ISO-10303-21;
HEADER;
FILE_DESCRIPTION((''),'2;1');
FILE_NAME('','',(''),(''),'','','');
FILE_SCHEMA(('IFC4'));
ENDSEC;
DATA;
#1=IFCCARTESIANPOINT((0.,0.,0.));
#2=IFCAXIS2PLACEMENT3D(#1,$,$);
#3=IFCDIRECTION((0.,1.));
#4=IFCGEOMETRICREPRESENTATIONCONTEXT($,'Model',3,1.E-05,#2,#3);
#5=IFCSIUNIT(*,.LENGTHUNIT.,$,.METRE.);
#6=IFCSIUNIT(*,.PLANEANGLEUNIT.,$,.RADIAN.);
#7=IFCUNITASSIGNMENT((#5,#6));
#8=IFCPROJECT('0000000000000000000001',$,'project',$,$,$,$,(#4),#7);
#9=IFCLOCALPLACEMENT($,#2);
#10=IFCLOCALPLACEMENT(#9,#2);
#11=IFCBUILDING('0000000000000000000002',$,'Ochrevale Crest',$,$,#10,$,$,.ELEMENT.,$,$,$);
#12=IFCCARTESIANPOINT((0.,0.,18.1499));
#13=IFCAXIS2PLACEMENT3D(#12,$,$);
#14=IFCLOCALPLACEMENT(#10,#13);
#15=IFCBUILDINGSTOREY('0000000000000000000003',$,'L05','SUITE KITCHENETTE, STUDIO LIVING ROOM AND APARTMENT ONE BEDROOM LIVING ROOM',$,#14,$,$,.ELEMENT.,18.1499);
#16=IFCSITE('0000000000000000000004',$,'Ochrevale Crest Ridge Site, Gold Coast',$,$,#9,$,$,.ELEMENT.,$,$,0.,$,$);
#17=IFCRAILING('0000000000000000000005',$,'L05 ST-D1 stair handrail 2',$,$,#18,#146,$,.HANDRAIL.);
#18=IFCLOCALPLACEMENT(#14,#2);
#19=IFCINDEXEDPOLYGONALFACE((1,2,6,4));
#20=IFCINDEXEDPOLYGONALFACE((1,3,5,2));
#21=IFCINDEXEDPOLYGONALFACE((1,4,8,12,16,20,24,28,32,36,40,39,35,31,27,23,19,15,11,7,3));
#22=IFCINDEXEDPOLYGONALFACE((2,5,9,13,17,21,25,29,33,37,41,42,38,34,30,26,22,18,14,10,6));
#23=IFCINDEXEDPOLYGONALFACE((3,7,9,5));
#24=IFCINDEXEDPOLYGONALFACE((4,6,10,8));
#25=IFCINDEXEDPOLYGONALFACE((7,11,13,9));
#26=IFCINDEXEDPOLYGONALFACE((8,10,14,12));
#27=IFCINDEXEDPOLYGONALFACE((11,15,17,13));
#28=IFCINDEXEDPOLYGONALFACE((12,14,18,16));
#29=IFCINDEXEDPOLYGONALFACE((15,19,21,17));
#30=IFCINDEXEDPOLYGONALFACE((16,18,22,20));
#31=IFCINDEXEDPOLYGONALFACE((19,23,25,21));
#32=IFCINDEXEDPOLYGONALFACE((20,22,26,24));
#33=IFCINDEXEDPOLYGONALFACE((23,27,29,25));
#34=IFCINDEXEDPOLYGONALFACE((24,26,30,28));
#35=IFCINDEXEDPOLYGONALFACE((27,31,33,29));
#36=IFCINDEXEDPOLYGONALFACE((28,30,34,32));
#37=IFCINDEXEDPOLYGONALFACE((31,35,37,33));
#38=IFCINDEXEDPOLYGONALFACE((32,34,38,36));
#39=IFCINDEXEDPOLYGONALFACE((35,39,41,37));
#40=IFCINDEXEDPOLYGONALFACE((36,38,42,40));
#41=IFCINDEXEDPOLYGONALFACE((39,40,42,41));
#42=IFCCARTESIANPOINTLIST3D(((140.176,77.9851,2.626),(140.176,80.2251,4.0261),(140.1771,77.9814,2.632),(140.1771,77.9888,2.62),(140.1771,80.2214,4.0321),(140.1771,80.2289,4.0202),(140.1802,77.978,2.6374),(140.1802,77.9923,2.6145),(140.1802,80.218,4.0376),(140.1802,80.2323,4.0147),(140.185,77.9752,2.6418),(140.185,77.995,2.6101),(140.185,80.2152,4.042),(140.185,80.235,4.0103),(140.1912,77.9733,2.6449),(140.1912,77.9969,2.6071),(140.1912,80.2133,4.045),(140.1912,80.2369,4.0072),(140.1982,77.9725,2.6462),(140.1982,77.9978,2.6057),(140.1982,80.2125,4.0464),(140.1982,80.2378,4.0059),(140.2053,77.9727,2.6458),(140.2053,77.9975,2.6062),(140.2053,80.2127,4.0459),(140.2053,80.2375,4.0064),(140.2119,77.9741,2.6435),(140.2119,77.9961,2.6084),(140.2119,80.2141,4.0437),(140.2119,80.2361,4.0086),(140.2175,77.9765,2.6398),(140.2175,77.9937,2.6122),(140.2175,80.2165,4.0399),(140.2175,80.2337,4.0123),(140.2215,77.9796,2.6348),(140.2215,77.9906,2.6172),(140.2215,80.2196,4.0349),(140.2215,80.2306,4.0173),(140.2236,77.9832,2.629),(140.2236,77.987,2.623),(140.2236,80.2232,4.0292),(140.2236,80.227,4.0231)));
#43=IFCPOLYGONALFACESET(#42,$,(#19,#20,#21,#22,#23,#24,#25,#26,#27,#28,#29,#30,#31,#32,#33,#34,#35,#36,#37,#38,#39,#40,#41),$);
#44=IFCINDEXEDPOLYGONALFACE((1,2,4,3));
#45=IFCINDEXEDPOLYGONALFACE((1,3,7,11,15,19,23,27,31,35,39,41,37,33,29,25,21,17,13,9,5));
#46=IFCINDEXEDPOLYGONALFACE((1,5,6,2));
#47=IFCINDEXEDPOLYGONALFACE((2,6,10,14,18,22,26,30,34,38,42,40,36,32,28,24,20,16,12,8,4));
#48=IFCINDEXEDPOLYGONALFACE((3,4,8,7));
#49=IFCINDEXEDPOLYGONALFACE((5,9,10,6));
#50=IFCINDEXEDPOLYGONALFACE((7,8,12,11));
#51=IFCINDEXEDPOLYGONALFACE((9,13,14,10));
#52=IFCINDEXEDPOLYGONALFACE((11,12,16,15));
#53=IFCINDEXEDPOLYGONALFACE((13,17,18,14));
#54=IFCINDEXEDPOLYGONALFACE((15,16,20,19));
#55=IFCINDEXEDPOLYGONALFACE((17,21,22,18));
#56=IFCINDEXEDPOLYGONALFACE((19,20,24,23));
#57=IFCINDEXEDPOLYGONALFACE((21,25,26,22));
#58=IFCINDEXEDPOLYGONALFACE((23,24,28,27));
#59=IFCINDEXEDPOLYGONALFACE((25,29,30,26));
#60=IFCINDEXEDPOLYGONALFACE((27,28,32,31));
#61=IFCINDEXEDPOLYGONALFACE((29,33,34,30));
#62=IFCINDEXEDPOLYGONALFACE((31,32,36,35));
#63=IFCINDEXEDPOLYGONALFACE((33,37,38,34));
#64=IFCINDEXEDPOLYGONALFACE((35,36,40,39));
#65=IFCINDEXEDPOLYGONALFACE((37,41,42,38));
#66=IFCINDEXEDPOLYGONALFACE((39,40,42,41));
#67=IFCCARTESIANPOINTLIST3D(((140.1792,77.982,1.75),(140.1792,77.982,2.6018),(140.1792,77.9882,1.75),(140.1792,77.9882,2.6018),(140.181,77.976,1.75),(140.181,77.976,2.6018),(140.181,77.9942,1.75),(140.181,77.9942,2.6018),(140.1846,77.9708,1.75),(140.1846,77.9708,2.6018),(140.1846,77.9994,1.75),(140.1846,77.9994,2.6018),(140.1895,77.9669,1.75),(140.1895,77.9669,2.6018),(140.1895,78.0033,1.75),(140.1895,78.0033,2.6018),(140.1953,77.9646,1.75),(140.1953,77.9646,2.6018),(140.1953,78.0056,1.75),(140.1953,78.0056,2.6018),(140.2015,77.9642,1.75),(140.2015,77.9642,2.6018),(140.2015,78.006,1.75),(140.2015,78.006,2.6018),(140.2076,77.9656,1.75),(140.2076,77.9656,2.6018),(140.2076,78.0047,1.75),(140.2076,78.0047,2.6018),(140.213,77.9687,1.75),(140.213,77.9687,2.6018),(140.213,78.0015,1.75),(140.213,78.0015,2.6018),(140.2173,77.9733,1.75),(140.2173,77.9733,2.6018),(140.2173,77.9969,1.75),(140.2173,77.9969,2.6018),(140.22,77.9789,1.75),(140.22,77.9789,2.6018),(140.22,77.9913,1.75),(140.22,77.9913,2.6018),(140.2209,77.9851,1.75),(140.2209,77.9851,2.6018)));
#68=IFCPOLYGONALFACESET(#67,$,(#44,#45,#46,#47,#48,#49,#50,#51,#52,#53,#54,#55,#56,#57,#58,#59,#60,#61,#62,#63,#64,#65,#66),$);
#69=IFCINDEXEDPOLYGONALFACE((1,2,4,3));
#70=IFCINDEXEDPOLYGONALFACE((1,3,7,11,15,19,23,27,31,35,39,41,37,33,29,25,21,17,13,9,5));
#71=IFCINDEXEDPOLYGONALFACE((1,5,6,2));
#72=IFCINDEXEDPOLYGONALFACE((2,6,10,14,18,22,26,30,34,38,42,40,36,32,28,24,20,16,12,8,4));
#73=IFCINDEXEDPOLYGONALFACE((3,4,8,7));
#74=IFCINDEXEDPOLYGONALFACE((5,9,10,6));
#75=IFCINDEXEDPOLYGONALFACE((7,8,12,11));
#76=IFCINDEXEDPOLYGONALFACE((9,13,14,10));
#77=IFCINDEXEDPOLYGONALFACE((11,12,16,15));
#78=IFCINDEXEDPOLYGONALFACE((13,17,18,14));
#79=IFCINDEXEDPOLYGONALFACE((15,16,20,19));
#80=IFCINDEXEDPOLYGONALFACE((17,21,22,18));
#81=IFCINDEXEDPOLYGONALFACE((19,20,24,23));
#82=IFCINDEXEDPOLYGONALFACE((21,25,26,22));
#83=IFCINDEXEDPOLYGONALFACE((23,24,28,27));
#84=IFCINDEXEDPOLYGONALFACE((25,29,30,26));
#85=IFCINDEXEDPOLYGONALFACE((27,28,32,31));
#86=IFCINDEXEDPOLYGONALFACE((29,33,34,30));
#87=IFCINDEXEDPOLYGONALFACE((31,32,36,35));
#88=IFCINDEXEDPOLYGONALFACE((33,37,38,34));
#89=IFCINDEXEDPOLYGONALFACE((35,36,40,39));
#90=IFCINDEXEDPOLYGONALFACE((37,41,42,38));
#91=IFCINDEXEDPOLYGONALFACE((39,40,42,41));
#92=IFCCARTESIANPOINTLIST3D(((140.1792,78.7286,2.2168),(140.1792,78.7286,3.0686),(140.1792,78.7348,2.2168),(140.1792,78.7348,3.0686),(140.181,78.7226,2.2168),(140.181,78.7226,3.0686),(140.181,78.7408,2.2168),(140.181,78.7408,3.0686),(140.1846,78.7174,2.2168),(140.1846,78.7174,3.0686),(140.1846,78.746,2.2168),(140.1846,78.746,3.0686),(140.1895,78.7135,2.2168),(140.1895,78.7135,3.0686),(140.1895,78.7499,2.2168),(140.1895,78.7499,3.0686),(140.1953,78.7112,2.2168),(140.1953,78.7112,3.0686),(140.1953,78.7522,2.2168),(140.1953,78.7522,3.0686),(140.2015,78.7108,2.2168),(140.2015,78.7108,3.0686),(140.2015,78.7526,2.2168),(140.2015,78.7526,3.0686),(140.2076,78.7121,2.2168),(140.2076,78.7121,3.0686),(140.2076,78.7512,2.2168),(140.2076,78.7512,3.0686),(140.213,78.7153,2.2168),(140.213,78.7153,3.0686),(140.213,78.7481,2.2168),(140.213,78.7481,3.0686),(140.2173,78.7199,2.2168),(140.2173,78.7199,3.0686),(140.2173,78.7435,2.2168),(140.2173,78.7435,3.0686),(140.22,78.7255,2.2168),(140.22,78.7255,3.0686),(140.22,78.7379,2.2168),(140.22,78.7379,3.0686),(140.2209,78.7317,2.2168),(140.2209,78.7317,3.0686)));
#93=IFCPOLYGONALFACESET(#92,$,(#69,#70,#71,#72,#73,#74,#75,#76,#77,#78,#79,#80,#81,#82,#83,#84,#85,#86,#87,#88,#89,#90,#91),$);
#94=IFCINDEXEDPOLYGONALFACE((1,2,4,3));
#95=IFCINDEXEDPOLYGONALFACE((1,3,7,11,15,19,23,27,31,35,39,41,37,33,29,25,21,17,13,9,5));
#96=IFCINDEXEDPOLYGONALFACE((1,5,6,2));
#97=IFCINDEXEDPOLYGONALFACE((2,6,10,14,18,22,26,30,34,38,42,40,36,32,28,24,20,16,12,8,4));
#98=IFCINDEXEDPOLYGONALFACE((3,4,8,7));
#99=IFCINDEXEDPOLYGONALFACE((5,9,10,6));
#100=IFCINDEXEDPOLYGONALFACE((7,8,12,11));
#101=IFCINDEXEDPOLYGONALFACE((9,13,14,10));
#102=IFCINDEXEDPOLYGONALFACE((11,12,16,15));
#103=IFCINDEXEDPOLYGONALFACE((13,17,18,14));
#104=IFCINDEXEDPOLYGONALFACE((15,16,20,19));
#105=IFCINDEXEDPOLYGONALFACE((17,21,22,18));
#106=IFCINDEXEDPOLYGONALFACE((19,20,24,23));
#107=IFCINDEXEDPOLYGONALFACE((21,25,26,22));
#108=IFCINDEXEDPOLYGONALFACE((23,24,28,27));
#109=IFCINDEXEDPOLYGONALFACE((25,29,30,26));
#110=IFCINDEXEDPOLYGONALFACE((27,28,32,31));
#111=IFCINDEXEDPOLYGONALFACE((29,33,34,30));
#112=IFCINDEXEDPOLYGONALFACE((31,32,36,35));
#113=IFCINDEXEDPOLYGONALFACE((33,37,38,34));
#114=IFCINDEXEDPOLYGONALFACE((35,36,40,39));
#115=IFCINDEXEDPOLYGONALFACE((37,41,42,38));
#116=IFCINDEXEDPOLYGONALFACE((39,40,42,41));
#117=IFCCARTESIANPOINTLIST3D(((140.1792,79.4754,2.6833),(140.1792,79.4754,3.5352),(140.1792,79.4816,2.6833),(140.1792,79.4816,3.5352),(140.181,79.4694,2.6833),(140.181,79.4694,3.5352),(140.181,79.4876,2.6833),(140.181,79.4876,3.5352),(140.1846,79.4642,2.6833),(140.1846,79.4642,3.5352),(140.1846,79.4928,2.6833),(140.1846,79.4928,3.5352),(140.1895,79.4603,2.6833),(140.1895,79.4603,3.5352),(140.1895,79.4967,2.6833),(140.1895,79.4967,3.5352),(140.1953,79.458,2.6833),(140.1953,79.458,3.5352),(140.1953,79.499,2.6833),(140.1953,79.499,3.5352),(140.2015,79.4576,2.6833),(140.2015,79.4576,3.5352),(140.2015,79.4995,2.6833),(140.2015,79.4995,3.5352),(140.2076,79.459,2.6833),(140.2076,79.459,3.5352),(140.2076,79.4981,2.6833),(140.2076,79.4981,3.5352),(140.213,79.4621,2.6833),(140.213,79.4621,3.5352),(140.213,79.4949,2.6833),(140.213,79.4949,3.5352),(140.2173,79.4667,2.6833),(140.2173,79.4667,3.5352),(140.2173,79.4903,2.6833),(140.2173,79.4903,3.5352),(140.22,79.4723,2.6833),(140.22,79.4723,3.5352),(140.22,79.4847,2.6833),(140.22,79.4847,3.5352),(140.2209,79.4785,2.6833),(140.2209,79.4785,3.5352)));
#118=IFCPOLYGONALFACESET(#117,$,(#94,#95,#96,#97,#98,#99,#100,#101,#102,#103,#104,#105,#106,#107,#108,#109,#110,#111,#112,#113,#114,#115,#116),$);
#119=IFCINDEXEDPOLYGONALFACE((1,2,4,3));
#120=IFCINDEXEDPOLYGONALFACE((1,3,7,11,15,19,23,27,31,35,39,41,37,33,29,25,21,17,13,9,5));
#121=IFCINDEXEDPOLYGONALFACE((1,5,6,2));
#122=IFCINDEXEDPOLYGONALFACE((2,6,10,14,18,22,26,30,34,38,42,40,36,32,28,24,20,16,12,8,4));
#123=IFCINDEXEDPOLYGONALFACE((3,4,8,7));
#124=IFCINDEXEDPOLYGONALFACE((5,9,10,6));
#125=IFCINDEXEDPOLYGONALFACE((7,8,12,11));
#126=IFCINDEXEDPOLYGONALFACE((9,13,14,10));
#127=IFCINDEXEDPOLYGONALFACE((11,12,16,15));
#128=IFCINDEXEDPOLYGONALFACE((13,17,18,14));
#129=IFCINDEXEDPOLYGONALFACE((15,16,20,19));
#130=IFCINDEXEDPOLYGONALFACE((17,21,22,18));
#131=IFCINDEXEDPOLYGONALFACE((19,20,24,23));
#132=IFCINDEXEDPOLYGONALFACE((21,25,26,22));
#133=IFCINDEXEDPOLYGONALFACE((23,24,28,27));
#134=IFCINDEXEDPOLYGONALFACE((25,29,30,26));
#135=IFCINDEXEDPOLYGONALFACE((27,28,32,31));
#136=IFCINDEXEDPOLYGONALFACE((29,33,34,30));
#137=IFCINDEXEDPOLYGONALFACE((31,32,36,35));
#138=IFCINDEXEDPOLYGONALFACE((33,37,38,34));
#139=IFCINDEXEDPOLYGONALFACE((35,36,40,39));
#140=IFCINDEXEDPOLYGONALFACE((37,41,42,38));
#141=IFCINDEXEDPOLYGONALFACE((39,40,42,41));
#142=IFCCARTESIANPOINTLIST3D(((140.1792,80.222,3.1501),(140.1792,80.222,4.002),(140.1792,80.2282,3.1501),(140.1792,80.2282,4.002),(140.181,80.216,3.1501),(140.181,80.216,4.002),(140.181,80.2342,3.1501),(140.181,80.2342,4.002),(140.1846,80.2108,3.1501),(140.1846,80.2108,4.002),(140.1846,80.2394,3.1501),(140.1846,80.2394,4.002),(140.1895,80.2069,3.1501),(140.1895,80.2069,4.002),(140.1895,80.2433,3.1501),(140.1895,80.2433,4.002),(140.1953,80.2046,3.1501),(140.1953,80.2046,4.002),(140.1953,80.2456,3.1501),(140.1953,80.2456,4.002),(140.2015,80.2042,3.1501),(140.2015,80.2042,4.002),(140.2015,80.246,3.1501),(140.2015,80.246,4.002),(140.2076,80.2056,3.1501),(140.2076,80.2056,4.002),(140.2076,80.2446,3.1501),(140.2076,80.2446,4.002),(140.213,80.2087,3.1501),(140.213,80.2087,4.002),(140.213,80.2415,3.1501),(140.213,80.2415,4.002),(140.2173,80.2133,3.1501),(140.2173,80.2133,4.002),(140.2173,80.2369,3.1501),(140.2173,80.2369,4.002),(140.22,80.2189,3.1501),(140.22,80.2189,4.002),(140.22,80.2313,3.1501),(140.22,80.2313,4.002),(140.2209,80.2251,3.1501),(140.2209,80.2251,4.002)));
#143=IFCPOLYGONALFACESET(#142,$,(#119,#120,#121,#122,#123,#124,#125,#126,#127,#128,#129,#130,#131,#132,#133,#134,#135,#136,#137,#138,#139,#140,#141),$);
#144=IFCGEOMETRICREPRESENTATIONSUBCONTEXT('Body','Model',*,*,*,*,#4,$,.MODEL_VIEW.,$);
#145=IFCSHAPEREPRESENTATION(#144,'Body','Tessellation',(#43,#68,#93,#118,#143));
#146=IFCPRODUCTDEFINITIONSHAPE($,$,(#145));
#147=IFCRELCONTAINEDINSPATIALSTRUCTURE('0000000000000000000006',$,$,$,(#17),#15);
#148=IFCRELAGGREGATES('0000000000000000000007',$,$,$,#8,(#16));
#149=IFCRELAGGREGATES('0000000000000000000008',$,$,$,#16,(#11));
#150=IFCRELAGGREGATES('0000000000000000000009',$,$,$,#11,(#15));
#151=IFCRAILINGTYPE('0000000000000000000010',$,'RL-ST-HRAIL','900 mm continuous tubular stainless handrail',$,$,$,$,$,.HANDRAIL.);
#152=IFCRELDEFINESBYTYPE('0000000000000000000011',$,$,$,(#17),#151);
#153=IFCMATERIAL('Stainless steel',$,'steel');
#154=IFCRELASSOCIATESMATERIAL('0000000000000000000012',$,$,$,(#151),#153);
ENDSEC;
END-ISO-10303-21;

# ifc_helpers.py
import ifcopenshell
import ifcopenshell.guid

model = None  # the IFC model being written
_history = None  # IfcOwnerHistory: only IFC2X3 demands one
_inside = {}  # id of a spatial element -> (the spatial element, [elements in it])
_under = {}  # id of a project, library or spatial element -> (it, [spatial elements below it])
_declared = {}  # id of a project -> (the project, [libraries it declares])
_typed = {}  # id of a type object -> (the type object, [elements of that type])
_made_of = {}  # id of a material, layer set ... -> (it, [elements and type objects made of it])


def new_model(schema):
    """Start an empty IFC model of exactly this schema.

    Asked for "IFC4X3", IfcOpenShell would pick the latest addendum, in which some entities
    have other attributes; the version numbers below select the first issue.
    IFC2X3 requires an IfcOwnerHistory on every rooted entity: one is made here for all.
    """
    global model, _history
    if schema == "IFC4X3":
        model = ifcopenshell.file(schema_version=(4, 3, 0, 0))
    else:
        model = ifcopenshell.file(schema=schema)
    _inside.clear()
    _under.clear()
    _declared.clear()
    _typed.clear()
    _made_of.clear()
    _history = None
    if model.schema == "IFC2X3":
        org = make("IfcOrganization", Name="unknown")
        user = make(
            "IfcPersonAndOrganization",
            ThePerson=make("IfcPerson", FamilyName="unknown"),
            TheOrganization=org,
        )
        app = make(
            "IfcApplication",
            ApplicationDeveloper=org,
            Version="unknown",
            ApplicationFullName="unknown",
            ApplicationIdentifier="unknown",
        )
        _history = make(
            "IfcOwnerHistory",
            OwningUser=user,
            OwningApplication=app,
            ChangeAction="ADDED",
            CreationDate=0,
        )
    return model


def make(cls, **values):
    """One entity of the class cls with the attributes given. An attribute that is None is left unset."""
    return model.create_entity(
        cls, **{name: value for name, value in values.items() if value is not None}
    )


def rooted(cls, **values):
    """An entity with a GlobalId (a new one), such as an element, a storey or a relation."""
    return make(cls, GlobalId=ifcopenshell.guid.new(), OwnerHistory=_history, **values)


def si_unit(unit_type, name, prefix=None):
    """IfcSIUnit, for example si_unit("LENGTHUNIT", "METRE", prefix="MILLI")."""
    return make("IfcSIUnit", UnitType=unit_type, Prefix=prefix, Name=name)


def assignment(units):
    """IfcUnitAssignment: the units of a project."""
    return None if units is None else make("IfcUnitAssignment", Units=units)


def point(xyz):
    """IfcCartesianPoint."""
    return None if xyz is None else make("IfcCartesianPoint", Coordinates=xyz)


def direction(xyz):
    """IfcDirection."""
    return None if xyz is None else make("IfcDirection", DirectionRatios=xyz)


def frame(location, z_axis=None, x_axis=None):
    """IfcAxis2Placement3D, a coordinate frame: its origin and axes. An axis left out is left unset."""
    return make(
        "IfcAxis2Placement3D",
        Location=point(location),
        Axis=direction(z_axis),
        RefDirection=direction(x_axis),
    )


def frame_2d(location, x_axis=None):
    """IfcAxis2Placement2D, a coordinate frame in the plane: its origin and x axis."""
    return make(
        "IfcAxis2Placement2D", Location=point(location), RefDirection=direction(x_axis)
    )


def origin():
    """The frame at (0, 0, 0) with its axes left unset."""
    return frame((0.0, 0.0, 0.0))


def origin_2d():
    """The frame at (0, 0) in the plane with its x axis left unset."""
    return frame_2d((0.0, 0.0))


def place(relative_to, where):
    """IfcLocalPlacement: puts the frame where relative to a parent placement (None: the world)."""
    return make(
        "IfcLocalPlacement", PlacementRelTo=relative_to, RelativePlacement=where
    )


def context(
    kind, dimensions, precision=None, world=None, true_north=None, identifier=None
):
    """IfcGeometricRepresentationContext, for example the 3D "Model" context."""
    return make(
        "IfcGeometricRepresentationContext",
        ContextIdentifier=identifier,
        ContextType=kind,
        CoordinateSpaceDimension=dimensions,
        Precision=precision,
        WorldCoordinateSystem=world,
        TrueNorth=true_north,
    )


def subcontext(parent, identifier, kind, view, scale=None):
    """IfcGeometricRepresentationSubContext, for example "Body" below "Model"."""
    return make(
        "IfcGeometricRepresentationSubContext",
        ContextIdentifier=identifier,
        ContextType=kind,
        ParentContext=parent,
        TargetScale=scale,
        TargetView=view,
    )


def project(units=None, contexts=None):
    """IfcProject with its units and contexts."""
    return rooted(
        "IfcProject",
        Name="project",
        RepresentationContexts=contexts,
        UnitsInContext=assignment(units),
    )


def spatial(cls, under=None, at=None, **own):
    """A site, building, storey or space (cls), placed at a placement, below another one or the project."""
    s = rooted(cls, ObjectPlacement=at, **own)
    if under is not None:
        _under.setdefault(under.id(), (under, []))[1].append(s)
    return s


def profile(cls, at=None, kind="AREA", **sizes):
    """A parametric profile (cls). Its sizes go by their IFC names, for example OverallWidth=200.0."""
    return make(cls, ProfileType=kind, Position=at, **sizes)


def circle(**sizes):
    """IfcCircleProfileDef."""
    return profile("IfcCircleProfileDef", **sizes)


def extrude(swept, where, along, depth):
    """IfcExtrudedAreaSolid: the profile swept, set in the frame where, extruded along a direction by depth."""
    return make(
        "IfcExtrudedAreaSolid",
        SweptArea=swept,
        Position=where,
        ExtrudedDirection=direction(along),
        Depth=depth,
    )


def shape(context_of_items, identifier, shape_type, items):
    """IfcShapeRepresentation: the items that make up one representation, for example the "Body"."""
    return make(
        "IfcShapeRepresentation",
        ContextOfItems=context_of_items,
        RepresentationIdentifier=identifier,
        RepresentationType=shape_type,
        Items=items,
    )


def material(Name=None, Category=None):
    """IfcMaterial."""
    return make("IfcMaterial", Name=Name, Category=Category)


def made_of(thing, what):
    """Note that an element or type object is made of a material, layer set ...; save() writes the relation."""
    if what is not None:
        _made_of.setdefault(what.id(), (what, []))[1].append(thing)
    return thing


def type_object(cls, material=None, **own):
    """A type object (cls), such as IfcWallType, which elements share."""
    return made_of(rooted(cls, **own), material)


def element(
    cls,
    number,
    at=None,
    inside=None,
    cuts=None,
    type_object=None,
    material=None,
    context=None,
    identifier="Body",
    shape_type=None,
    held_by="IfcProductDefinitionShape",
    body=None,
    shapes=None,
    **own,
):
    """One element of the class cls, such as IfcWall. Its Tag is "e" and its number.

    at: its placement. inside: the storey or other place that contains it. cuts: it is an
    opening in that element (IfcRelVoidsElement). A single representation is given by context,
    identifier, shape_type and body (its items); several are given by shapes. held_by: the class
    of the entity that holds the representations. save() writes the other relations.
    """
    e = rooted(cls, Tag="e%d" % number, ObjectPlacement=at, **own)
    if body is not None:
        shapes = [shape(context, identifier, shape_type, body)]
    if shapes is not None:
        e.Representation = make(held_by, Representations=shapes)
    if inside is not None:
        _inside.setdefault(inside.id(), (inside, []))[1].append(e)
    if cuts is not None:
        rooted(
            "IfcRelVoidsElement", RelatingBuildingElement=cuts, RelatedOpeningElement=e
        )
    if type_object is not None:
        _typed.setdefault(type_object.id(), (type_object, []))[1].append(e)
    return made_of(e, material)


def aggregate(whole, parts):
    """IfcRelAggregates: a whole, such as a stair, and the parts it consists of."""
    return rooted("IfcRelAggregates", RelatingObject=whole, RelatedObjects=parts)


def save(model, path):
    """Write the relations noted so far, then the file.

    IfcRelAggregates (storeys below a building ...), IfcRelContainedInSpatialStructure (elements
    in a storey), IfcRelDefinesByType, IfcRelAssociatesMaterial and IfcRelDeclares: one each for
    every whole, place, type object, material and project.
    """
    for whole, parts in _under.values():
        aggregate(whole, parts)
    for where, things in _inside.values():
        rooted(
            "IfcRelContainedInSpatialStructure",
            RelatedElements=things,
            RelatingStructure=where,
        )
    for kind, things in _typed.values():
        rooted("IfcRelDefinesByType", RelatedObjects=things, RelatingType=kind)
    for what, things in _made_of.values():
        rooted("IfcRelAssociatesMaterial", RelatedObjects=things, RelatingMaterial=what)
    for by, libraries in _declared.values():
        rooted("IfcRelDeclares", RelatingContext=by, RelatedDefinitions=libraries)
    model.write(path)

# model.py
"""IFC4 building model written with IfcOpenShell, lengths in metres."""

from ifc_helpers import new_model, si_unit, direction, frame, origin, origin_2d, place, context, subcontext, project, spatial, circle, extrude, material, type_object, element, save


model = new_model("IFC4")

# Units and contexts
model_context = context("Model", 3, precision=1e-05, world=origin(), true_north=direction((0.0, 1.0)))
body_context = subcontext(model_context, "Body", "Model", "MODEL_VIEW")
ifc_project = project(units=[si_unit("LENGTHUNIT", "METRE"), si_unit("PLANEANGLEUNIT", "RADIAN")], contexts=[model_context])

# Site, building, storey
site_placement = place(None, origin())
site = spatial("IfcSite", under=ifc_project, at=site_placement, Name="Ochrevale Crest Ridge Site, Gold Coast", CompositionType="ELEMENT", RefElevation=0.0)
building_placement = place(site_placement, origin())
building = spatial("IfcBuilding", under=site, at=building_placement, Name="Ochrevale Crest", CompositionType="ELEMENT")
storey_placement = place(building_placement, frame((0.0, 0.0, 18.1499)))
storey = spatial("IfcBuildingStorey", under=building, at=storey_placement, Name="L05", Description="SUITE KITCHENETTE, STUDIO LIVING ROOM AND APARTMENT ONE BEDROOM LIVING ROOM", CompositionType="ELEMENT", Elevation=18.1499)

# Railing
ifc_material_1 = material(Name="Stainless steel", Category="steel")
railing_type_1 = type_object("IfcRailingType", Name="RL-ST-HRAIL", Description="900 mm continuous tubular stainless handrail", PredefinedType="HANDRAIL", material=ifc_material_1)
railing_1_placement = place(storey_placement, frame((140.2, 77.9851, 1.75)))
element("IfcRailing", 1, at=railing_1_placement, inside=storey, type_object=railing_type_1, Name="L05 ST-D1 stair handrail 2", PredefinedType="HANDRAIL", context=body_context, shape_type="SweptSolid", body=[
    extrude(circle(Radius=0.0239, at=origin_2d()), frame((0.0, 0.0, 0.876), z_axis=(0.0, 0.847972, 0.53004), x_axis=(-1.0, 0.0, 0.0)), (0.0, 0.0, 1.0), 2.6416),
    extrude(circle(Radius=0.021, at=origin_2d()), origin(), (0.0, 0.0, 1.0), 0.8518),
    extrude(circle(Radius=0.021, at=origin_2d()), frame((0.0, 0.7466, 0.4668)), (0.0, 0.0, 1.0), 0.8518),
    extrude(circle(Radius=0.021, at=origin_2d()), frame((0.0, 1.4934, 0.9333)), (0.0, 0.0, 1.0), 0.8518),
    extrude(circle(Radius=0.021, at=origin_2d()), frame((0.0, 2.24, 1.4001)), (0.0, 0.0, 1.0), 0.8518),
])

save(model, "model.ifc")
